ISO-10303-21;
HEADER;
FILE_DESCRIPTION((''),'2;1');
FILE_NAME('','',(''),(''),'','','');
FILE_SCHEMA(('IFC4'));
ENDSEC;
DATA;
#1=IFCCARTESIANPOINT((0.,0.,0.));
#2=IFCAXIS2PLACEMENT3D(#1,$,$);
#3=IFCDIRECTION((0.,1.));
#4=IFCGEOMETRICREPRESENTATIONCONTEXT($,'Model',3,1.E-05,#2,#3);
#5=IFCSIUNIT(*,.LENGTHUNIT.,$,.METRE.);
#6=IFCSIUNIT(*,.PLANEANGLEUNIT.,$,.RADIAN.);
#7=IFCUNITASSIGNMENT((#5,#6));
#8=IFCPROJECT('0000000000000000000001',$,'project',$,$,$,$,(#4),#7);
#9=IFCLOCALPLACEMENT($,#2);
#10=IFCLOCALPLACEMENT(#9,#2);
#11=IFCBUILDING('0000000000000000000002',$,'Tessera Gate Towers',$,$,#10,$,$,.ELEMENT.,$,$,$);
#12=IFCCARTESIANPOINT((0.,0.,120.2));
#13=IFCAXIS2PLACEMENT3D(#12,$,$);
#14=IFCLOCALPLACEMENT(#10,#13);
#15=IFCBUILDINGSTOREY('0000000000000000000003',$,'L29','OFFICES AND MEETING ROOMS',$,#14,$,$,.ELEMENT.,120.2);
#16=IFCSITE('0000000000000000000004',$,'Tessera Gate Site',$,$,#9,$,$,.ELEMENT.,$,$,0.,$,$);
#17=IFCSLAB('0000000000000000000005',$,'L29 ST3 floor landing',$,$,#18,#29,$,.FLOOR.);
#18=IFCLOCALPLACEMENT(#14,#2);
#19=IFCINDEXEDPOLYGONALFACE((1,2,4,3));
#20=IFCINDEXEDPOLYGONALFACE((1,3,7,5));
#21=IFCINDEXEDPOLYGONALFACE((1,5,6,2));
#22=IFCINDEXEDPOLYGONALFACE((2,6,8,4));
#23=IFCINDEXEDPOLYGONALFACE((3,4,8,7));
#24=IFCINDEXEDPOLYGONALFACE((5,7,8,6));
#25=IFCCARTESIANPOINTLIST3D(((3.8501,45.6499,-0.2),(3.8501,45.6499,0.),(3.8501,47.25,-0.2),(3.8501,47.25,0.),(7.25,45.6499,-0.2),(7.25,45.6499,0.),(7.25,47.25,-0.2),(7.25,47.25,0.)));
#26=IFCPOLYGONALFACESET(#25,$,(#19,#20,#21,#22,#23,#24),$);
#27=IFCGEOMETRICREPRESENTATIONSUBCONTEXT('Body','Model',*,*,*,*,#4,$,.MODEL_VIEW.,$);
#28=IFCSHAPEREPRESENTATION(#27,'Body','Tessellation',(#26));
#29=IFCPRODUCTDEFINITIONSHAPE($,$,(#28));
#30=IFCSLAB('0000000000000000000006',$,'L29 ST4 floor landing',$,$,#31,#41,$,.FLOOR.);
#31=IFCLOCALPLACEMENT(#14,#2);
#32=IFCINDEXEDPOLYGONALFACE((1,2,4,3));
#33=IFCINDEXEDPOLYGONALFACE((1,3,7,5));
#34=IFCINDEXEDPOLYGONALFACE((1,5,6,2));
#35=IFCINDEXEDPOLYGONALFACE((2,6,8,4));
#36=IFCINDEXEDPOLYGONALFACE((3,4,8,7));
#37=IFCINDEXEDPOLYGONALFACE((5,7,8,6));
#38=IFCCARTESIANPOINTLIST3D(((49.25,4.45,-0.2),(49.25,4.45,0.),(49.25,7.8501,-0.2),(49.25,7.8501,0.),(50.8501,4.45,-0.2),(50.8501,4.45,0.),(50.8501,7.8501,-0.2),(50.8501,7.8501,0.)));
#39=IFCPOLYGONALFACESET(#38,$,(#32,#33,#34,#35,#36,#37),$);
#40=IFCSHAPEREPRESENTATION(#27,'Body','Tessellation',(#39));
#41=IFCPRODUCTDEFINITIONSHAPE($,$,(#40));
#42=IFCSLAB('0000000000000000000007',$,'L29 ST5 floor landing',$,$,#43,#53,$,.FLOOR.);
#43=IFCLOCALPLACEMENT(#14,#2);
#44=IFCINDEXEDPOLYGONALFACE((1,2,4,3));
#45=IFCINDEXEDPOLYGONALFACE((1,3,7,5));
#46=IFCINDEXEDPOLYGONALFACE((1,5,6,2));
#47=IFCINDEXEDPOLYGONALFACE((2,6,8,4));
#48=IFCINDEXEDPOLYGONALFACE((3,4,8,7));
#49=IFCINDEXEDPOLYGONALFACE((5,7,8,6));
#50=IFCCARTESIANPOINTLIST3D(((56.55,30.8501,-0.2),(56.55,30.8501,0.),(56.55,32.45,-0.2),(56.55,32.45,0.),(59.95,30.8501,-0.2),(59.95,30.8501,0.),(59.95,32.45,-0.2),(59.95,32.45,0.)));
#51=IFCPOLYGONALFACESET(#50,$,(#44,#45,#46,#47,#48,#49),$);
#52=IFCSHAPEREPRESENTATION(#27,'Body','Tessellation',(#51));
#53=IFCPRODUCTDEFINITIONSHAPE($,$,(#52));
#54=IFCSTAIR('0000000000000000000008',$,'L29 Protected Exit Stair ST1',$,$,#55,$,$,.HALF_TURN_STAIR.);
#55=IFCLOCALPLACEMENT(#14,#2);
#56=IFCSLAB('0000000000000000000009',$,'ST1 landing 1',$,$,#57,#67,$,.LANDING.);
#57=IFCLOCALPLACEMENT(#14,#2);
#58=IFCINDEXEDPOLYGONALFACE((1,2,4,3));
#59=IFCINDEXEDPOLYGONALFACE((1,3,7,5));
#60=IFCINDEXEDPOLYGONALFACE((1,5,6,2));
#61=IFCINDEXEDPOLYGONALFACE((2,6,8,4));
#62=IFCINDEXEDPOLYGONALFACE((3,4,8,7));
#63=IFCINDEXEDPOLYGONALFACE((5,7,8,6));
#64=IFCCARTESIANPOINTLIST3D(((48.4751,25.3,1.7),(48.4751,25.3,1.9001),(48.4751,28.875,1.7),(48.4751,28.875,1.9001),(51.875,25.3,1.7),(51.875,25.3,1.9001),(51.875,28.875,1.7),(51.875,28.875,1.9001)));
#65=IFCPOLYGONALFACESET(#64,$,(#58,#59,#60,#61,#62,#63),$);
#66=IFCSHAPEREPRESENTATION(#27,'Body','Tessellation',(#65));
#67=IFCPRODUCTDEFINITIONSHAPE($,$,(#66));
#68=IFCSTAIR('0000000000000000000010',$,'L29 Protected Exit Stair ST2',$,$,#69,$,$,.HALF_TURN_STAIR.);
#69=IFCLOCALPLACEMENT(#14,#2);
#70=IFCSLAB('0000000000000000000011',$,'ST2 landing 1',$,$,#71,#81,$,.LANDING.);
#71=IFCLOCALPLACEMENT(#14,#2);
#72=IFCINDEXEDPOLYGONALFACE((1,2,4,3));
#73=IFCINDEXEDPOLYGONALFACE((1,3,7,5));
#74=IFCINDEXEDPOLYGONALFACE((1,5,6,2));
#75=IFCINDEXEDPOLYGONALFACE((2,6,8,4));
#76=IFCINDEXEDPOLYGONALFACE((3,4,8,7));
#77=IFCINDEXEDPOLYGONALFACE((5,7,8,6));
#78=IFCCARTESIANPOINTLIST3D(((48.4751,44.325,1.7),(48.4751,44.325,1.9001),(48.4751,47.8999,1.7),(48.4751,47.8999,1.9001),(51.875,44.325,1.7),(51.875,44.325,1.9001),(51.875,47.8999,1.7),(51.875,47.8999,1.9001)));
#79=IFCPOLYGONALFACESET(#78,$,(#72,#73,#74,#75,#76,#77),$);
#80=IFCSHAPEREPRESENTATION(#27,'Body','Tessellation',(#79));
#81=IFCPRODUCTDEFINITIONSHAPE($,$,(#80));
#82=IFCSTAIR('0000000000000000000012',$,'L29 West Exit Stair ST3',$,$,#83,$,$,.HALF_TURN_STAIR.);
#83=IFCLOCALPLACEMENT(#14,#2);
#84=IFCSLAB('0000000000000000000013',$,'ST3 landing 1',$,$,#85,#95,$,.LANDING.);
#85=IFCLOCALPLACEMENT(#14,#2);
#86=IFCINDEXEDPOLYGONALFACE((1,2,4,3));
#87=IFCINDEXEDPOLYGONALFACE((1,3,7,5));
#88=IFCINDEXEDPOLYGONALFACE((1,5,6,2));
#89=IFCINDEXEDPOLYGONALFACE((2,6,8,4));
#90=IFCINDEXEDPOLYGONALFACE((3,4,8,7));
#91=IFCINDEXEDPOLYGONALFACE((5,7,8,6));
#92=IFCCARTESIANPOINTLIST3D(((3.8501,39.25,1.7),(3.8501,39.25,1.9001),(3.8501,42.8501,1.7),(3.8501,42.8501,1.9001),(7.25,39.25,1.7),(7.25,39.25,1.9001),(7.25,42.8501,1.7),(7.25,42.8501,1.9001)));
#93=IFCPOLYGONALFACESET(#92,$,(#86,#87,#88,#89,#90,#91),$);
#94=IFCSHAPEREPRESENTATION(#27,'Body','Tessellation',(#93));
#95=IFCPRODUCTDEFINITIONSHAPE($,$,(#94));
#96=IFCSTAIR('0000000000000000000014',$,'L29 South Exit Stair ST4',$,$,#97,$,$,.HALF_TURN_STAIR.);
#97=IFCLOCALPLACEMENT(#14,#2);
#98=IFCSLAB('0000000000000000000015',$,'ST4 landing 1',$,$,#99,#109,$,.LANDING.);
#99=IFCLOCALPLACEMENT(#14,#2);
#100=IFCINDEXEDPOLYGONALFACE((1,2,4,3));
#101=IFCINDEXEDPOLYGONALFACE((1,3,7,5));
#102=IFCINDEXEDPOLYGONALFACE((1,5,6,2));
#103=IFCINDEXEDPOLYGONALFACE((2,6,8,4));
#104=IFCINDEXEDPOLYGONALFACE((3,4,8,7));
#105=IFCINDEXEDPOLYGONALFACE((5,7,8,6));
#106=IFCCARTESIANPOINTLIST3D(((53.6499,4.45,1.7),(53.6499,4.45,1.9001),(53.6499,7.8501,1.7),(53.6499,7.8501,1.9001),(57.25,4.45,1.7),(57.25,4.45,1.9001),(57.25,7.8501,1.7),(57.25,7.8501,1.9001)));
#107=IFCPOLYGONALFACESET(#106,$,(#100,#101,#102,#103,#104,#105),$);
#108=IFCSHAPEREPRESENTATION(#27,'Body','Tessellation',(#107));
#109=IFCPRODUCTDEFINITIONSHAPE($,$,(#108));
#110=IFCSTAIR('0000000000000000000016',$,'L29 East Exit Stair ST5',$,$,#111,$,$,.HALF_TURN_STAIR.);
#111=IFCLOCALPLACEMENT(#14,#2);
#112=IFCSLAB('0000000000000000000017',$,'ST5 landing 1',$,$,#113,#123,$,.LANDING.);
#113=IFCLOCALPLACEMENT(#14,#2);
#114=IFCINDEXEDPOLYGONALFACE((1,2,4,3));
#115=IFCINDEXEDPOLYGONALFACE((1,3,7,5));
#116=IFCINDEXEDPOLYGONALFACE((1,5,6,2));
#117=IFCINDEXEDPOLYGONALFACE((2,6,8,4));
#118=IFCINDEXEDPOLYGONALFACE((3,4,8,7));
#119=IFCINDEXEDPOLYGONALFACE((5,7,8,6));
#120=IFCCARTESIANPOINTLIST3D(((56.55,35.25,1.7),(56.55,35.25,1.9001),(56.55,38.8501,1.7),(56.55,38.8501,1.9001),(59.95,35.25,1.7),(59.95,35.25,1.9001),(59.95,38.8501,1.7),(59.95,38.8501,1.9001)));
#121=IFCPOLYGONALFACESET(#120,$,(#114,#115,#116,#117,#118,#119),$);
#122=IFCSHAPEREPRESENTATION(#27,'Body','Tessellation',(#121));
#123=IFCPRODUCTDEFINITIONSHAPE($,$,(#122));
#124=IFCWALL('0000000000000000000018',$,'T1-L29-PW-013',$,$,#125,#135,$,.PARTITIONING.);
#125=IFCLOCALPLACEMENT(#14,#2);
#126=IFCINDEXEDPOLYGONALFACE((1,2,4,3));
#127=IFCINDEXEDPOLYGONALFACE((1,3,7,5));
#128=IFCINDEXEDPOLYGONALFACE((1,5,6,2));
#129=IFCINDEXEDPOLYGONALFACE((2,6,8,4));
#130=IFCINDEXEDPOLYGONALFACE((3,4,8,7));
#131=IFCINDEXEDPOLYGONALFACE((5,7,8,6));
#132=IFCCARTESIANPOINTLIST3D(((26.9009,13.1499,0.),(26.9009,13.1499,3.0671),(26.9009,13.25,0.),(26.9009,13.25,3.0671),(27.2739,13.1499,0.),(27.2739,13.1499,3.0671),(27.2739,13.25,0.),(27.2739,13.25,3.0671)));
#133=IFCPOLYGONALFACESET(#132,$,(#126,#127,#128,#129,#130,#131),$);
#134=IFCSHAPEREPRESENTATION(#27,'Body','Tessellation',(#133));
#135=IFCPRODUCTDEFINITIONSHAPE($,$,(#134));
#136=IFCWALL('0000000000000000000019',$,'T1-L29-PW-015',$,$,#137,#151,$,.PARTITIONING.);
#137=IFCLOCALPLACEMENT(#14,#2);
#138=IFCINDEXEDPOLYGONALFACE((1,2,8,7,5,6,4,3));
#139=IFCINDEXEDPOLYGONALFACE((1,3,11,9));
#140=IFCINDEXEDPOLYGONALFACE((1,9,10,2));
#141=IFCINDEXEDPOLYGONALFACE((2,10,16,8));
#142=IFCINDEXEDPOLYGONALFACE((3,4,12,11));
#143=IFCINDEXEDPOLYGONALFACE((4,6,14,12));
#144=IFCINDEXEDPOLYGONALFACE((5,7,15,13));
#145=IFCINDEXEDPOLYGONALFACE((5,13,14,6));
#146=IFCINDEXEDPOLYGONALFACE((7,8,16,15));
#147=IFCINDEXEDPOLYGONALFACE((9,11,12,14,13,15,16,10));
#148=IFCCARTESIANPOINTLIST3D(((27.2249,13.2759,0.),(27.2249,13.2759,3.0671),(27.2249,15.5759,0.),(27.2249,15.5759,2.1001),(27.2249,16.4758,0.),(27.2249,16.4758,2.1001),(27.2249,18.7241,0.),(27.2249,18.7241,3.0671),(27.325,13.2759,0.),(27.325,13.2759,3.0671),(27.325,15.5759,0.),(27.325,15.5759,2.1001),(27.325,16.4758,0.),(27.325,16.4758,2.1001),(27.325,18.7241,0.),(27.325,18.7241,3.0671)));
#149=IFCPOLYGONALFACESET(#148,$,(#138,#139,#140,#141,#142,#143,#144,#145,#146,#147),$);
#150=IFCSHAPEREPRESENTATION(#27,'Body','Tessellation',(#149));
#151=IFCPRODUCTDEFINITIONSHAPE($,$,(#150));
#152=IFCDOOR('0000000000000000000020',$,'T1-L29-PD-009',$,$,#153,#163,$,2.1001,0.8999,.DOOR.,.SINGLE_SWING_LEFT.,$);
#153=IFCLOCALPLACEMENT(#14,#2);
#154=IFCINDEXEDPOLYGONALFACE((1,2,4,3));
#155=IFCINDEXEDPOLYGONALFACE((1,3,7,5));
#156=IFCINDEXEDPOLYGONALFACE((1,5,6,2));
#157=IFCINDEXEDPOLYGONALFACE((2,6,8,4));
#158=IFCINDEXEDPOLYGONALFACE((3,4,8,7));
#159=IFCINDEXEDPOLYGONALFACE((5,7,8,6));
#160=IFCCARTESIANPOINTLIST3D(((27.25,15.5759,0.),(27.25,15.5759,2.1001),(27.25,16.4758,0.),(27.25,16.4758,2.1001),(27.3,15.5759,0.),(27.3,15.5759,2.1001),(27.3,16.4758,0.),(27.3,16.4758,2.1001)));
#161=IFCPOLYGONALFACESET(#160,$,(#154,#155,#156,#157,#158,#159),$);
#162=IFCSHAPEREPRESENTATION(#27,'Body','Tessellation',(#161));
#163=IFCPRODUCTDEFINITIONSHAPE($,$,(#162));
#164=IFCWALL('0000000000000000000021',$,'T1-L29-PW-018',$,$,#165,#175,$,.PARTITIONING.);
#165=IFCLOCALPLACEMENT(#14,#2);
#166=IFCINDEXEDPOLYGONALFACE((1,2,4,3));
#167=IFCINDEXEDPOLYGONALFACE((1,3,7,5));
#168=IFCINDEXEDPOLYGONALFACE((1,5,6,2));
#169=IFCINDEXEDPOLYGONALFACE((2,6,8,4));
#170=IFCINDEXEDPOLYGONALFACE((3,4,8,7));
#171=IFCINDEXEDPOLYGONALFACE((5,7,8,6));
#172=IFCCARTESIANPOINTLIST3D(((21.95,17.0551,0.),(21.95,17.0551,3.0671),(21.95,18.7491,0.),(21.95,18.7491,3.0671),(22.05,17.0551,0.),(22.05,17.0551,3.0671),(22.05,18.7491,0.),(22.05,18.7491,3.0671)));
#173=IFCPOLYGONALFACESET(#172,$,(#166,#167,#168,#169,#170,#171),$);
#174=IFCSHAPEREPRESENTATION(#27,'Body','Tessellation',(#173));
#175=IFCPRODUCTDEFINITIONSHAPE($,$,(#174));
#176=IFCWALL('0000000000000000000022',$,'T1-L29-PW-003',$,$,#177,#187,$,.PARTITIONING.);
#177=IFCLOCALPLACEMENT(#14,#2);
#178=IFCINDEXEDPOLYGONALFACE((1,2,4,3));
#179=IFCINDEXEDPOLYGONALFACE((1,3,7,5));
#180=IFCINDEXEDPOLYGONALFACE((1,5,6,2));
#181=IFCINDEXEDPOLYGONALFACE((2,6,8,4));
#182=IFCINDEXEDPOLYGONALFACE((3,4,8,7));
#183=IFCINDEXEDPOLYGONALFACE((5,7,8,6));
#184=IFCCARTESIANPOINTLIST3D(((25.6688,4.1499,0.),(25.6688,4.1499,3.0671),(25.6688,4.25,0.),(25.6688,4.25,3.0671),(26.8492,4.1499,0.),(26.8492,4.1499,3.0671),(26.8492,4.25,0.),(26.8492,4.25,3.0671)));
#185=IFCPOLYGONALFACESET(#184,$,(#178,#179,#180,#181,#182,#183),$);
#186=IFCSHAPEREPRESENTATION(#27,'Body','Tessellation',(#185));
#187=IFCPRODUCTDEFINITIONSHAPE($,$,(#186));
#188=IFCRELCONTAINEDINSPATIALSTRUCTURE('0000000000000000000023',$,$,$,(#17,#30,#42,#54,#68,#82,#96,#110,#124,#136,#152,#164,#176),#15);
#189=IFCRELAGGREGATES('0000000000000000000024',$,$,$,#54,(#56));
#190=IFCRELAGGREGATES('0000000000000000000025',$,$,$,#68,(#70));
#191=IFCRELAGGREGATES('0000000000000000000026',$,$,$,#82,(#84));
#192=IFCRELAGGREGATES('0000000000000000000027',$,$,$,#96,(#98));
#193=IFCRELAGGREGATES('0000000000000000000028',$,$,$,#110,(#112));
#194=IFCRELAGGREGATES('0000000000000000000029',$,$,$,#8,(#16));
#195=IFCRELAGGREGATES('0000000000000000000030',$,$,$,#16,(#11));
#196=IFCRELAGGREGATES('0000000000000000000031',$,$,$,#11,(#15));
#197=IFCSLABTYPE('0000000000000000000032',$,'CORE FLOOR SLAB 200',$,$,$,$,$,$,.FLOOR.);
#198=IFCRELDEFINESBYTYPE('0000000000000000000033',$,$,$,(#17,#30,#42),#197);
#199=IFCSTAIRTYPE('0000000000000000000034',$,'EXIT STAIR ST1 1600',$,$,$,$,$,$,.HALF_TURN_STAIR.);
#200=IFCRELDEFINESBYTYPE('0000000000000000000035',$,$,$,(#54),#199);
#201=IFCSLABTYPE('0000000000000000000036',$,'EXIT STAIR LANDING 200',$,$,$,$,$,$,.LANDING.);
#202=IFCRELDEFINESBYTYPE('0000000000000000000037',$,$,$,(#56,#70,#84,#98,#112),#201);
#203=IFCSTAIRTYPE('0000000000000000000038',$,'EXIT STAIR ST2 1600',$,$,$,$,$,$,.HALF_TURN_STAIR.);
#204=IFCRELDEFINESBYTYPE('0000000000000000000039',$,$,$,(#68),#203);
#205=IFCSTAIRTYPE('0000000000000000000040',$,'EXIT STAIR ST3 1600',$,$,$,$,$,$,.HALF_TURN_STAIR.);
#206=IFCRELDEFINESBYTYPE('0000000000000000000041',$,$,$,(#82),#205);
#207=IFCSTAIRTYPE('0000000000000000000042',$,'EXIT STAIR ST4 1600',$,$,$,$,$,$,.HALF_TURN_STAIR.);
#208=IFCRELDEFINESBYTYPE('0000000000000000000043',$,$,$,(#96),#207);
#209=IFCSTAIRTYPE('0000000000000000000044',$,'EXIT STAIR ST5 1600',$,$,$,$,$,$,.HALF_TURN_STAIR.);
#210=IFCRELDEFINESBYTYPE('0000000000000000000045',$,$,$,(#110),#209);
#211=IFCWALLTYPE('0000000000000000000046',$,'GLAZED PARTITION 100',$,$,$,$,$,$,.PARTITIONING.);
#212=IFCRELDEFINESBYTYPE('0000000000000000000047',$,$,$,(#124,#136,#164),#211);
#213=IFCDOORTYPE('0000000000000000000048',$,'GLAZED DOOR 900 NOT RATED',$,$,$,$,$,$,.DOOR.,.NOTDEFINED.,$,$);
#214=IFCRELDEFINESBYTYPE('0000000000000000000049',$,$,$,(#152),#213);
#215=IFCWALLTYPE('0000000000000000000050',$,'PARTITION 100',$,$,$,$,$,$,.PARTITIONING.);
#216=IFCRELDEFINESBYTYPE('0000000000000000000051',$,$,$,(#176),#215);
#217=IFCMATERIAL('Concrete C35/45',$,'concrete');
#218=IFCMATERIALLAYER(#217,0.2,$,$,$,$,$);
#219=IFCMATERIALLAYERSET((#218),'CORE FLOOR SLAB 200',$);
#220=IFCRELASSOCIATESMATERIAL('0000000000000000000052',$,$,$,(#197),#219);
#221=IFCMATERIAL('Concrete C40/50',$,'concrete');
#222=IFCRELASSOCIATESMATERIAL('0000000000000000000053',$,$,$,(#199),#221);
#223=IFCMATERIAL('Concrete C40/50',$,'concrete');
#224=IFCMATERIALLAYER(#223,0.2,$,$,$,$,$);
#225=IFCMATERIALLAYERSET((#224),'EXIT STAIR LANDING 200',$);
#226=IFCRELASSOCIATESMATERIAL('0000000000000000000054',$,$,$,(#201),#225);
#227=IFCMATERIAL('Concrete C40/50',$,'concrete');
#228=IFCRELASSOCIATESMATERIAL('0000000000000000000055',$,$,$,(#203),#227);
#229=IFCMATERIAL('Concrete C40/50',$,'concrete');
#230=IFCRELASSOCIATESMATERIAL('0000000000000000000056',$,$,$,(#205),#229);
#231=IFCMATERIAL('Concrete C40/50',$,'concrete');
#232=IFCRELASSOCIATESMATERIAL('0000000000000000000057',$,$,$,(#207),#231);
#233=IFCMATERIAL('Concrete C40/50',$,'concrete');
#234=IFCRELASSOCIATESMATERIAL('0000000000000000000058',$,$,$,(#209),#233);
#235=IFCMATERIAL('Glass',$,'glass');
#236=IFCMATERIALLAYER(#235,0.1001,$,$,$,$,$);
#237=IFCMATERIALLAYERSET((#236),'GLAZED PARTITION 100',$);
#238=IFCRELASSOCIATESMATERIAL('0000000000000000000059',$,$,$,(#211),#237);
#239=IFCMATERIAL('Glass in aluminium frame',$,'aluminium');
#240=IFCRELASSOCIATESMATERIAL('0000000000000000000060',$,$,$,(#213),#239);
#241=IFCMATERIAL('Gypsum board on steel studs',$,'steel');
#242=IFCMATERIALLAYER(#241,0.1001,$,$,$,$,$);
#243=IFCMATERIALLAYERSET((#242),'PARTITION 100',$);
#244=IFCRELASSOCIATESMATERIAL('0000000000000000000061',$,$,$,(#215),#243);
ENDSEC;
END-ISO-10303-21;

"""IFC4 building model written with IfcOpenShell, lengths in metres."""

from ifc_helpers import new_model, si_unit, direction, frame, frame_2d, origin, place, context, subcontext, project, spatial, polyline, rectangle, outline, extrude, source, transform, mapped, material, layer, layer_set, type_object, element, fill, aggregate, save


model = new_model("IFC4")

# Units and contexts
model_context = context("Model", 3, precision=1e-05, world=origin(), true_north=direction((0.0, 1.0)))
body_context = subcontext(model_context, "Body", "Model", "MODEL_VIEW")
ifc_project = project(units=[si_unit("LENGTHUNIT", "METRE"), si_unit("PLANEANGLEUNIT", "RADIAN")], contexts=[model_context])

# Site, building, storey
site_placement = place(None, origin())
site = spatial("IfcSite", under=ifc_project, at=site_placement, Name="Tessera Gate Site", CompositionType="ELEMENT", RefElevation=0.0)
building_placement = place(site_placement, origin())
building = spatial("IfcBuilding", under=site, at=building_placement, Name="Tessera Gate Towers", CompositionType="ELEMENT")
storey_placement = place(building_placement, frame((0.0, 0.0, 120.2)))
storey = spatial("IfcBuildingStorey", under=building, at=storey_placement, Name="L29", Description="OFFICES AND MEETING ROOMS", CompositionType="ELEMENT", Elevation=120.2)

# Slabs
ifc_material_1 = material(Name="Concrete C35/45", Category="concrete")
ifc_layer_1 = layer(ifc_material_1, 0.2)
ifc_layer_set_1 = layer_set([ifc_layer_1], Name="CORE FLOOR SLAB 200")
slab_type_1 = type_object("IfcSlabType", Name="CORE FLOOR SLAB 200", PredefinedType="FLOOR", material=ifc_layer_set_1)
slab_1_placement = place(storey_placement, frame((0.0, 0.0, -0.2)))
element("IfcSlab", 1, at=slab_1_placement, inside=storey, type_object=slab_type_1, Name="L29 ST3 floor landing", PredefinedType="FLOOR", context=body_context, shape_type="SweptSolid", body=[
    extrude(outline(polyline([(3.8501, 47.25), (3.8501, 45.6499), (7.25, 45.6499), (7.25, 47.25), (3.8501, 47.25)])), origin(), (0.0, 0.0, 1.0), 0.2),
])
slab_2_placement = place(storey_placement, frame((0.0, 0.0, -0.2)))
element("IfcSlab", 2, at=slab_2_placement, inside=storey, type_object=slab_type_1, Name="L29 ST4 floor landing", PredefinedType="FLOOR", context=body_context, shape_type="SweptSolid", body=[
    extrude(outline(polyline([(49.25, 4.45), (50.8501, 4.45), (50.8501, 7.8501), (49.25, 7.8501), (49.25, 4.45)])), origin(), (0.0, 0.0, 1.0), 0.2),
])
slab_3_placement = place(storey_placement, frame((0.0, 0.0, -0.2)))
element("IfcSlab", 3, at=slab_3_placement, inside=storey, type_object=slab_type_1, Name="L29 ST5 floor landing", PredefinedType="FLOOR", context=body_context, shape_type="SweptSolid", body=[
    extrude(outline(polyline([(59.95, 30.8501), (59.95, 32.45), (56.55, 32.45), (56.55, 30.8501), (59.95, 30.8501)])), origin(), (0.0, 0.0, 1.0), 0.2),
])

# Stairs, slabs
ifc_material_2 = material(Name="Concrete C40/50", Category="concrete")
stair_type_1 = type_object("IfcStairType", Name="EXIT STAIR ST1 1600", PredefinedType="HALF_TURN_STAIR", material=ifc_material_2)
stair_1_placement = place(storey_placement, origin())
stair_1 = element("IfcStair", 4, at=stair_1_placement, inside=storey, type_object=stair_type_1, Name="L29 Protected Exit Stair ST1", PredefinedType="HALF_TURN_STAIR")
ifc_material_3 = material(Name="Concrete C40/50", Category="concrete")
ifc_layer_2 = layer(ifc_material_3, 0.2)
ifc_layer_set_2 = layer_set([ifc_layer_2], Name="EXIT STAIR LANDING 200")
slab_type_2 = type_object("IfcSlabType", Name="EXIT STAIR LANDING 200", PredefinedType="LANDING", material=ifc_layer_set_2)
slab_4_placement = place(storey_placement, frame((0.0, 0.0, 1.7)))
slab_4 = element("IfcSlab", 5, at=slab_4_placement, type_object=slab_type_2, Name="ST1 landing 1", PredefinedType="LANDING", context=body_context, shape_type="SweptSolid", body=[
    extrude(outline(polyline([(48.4751, 28.875), (48.4751, 25.3), (51.875, 25.3), (51.875, 28.875), (48.4751, 28.875)])), origin(), (0.0, 0.0, 1.0), 0.2002),
])
aggregate(stair_1, [slab_4])
ifc_material_4 = material(Name="Concrete C40/50", Category="concrete")
stair_type_2 = type_object("IfcStairType", Name="EXIT STAIR ST2 1600", PredefinedType="HALF_TURN_STAIR", material=ifc_material_4)
stair_2_placement = place(storey_placement, origin())
stair_2 = element("IfcStair", 6, at=stair_2_placement, inside=storey, type_object=stair_type_2, Name="L29 Protected Exit Stair ST2", PredefinedType="HALF_TURN_STAIR")
slab_5_placement = place(storey_placement, frame((0.0, 0.0, 1.7)))
slab_5 = element("IfcSlab", 7, at=slab_5_placement, type_object=slab_type_2, Name="ST2 landing 1", PredefinedType="LANDING", context=body_context, shape_type="SweptSolid", body=[
    extrude(outline(polyline([(51.875, 44.325), (51.875, 47.8999), (48.4751, 47.8999), (48.4751, 44.325), (51.875, 44.325)])), origin(), (0.0, 0.0, 1.0), 0.2002),
])
aggregate(stair_2, [slab_5])
ifc_material_5 = material(Name="Concrete C40/50", Category="concrete")
stair_type_3 = type_object("IfcStairType", Name="EXIT STAIR ST3 1600", PredefinedType="HALF_TURN_STAIR", material=ifc_material_5)
stair_3_placement = place(storey_placement, origin())
stair_3 = element("IfcStair", 8, at=stair_3_placement, inside=storey, type_object=stair_type_3, Name="L29 West Exit Stair ST3", PredefinedType="HALF_TURN_STAIR")
slab_6_placement = place(storey_placement, frame((0.0, 0.0, 1.7)))
slab_6 = element("IfcSlab", 9, at=slab_6_placement, type_object=slab_type_2, Name="ST3 landing 1", PredefinedType="LANDING", context=body_context, shape_type="SweptSolid", body=[
    extrude(outline(polyline([(3.8501, 42.8501), (3.8501, 39.25), (7.25, 39.25), (7.25, 42.8501), (3.8501, 42.8501)])), origin(), (0.0, 0.0, 1.0), 0.2002),
])
aggregate(stair_3, [slab_6])
ifc_material_6 = material(Name="Concrete C40/50", Category="concrete")
stair_type_4 = type_object("IfcStairType", Name="EXIT STAIR ST4 1600", PredefinedType="HALF_TURN_STAIR", material=ifc_material_6)
stair_4_placement = place(storey_placement, origin())
stair_4 = element("IfcStair", 10, at=stair_4_placement, inside=storey, type_object=stair_type_4, Name="L29 South Exit Stair ST4", PredefinedType="HALF_TURN_STAIR")
slab_7_placement = place(storey_placement, frame((0.0, 0.0, 1.7)))
slab_7 = element("IfcSlab", 11, at=slab_7_placement, type_object=slab_type_2, Name="ST4 landing 1", PredefinedType="LANDING", context=body_context, shape_type="SweptSolid", body=[
    extrude(outline(polyline([(53.6499, 4.45), (57.25, 4.45), (57.25, 7.8501), (53.6499, 7.8501), (53.6499, 4.45)])), origin(), (0.0, 0.0, 1.0), 0.2002),
])
aggregate(stair_4, [slab_7])
ifc_material_7 = material(Name="Concrete C40/50", Category="concrete")
stair_type_5 = type_object("IfcStairType", Name="EXIT STAIR ST5 1600", PredefinedType="HALF_TURN_STAIR", material=ifc_material_7)
stair_5_placement = place(storey_placement, origin())
stair_5 = element("IfcStair", 12, at=stair_5_placement, inside=storey, type_object=stair_type_5, Name="L29 East Exit Stair ST5", PredefinedType="HALF_TURN_STAIR")
slab_8_placement = place(storey_placement, frame((0.0, 0.0, 1.7)))
slab_8 = element("IfcSlab", 13, at=slab_8_placement, type_object=slab_type_2, Name="ST5 landing 1", PredefinedType="LANDING", context=body_context, shape_type="SweptSolid", body=[
    extrude(outline(polyline([(59.95, 35.25), (59.95, 38.8501), (56.55, 38.8501), (56.55, 35.25), (59.95, 35.25)])), origin(), (0.0, 0.0, 1.0), 0.2002),
])
aggregate(stair_5, [slab_8])

# Wall
ifc_material_8 = material(Name="Glass", Category="glass")
ifc_layer_3 = layer(ifc_material_8, 0.1001)
ifc_layer_set_3 = layer_set([ifc_layer_3], Name="GLAZED PARTITION 100")
wall_type_1 = type_object("IfcWallType", Name="GLAZED PARTITION 100", PredefinedType="PARTITIONING", material=ifc_layer_set_3)
wall_1_placement = place(storey_placement, frame((26.9009, 13.2, 0.0), z_axis=(0.0, 0.0, 1.0), x_axis=(1.0, 0.0, 0.0)))
element("IfcWall", 14, at=wall_1_placement, inside=storey, type_object=wall_type_1, Name="T1-L29-PW-013", PredefinedType="PARTITIONING", context=body_context, shape_type="SweptSolid", body=[
    extrude(rectangle(XDim=0.373, YDim=0.1001, at=frame_2d((0.1865, 0.0))), origin(), (0.0, 0.0, 1.0), 3.0671),
])

# Wall, opening, door
wall_2_placement = place(storey_placement, frame((27.2749, 13.2759, 0.0), z_axis=(0.0, 0.0, 1.0), x_axis=(0.0, 1.0, 0.0)))
wall_2 = element("IfcWall", 15, at=wall_2_placement, inside=storey, type_object=wall_type_1, Name="T1-L29-PW-015", PredefinedType="PARTITIONING", context=body_context, shape_type="SweptSolid", body=[
    extrude(rectangle(XDim=5.4482, YDim=0.1001, at=frame_2d((2.7241, 0.0))), origin(), (0.0, 0.0, 1.0), 3.0671),
])
shared_shape_1 = source(origin(), body_context, "Body", "SweptSolid", [
    extrude(rectangle(XDim=0.8999, YDim=2.1001, at=frame_2d((0.45, 1.05))), frame((0.0, 0.0601, 0.0), z_axis=(0.0, -1.0, 0.0), x_axis=(1.0, 0.0, 0.0)), (0.0, 0.0, 1.0), 0.1201),
])
opening_1_placement = place(wall_2_placement, frame((2.3, 0.0, 0.0)))
opening_1 = element("IfcOpeningElement", 16, at=opening_1_placement, cuts=wall_2, PredefinedType="OPENING", context=body_context, shape_type="MappedRepresentation", body=[
    mapped(shared_shape_1, transform((0.0, 0.0, 0.0), scale=1.0)),
])
ifc_material_9 = material(Name="Glass in aluminium frame", Category="aluminium")
door_type_1 = type_object("IfcDoorType", Name="GLAZED DOOR 900 NOT RATED", OperationType="NOTDEFINED", PredefinedType="DOOR", material=ifc_material_9)
shared_shape_2 = source(origin(), body_context, "Body", "SweptSolid", [
    extrude(rectangle(XDim=0.8999, YDim=2.1001, at=frame_2d((0.45, 1.05))), frame((0.0, 0.0249, 0.0), z_axis=(0.0, -1.0, 0.0), x_axis=(1.0, 0.0, 0.0)), (0.0, 0.0, 1.0), 0.05),
])
door_1_placement = place(opening_1_placement, origin())
door_1 = element("IfcDoor", 17, at=door_1_placement, inside=storey, type_object=door_type_1, Name="T1-L29-PD-009", OperationType="SINGLE_SWING_LEFT", OverallHeight=2.1001, OverallWidth=0.8999, PredefinedType="DOOR", context=body_context, shape_type="MappedRepresentation", body=[
    mapped(shared_shape_2, transform((0.0, 0.0, 0.0), scale=1.0)),
])
fill(opening_1, door_1)

# Walls
wall_3_placement = place(storey_placement, frame((22.0, 17.0549, 0.0), z_axis=(0.0, 0.0, 1.0), x_axis=(0.0, 1.0, 0.0)))
element("IfcWall", 18, at=wall_3_placement, inside=storey, type_object=wall_type_1, Name="T1-L29-PW-018", PredefinedType="PARTITIONING", context=body_context, shape_type="SweptSolid", body=[
    extrude(rectangle(XDim=1.6941, YDim=0.1001, at=frame_2d((0.8472, 0.0))), origin(), (0.0, 0.0, 1.0), 3.0671),
])
ifc_material_10 = material(Name="Gypsum board on steel studs", Category="steel")
ifc_layer_4 = layer(ifc_material_10, 0.1001)
ifc_layer_set_4 = layer_set([ifc_layer_4], Name="PARTITION 100")
wall_type_2 = type_object("IfcWallType", Name="PARTITION 100", PredefinedType="PARTITIONING", material=ifc_layer_set_4)
wall_4_placement = place(storey_placement, frame((25.6687, 4.2, 0.0), z_axis=(0.0, 0.0, 1.0), x_axis=(1.0, 0.0, 0.0)))
element("IfcWall", 19, at=wall_4_placement, inside=storey, type_object=wall_type_2, Name="T1-L29-PW-003", PredefinedType="PARTITIONING", context=body_context, shape_type="SweptSolid", body=[
    extrude(rectangle(XDim=1.1804, YDim=0.1001, at=frame_2d((0.5903, 0.0))), origin(), (0.0, 0.0, 1.0), 3.0671),
])

save(model, "model.ifc")
